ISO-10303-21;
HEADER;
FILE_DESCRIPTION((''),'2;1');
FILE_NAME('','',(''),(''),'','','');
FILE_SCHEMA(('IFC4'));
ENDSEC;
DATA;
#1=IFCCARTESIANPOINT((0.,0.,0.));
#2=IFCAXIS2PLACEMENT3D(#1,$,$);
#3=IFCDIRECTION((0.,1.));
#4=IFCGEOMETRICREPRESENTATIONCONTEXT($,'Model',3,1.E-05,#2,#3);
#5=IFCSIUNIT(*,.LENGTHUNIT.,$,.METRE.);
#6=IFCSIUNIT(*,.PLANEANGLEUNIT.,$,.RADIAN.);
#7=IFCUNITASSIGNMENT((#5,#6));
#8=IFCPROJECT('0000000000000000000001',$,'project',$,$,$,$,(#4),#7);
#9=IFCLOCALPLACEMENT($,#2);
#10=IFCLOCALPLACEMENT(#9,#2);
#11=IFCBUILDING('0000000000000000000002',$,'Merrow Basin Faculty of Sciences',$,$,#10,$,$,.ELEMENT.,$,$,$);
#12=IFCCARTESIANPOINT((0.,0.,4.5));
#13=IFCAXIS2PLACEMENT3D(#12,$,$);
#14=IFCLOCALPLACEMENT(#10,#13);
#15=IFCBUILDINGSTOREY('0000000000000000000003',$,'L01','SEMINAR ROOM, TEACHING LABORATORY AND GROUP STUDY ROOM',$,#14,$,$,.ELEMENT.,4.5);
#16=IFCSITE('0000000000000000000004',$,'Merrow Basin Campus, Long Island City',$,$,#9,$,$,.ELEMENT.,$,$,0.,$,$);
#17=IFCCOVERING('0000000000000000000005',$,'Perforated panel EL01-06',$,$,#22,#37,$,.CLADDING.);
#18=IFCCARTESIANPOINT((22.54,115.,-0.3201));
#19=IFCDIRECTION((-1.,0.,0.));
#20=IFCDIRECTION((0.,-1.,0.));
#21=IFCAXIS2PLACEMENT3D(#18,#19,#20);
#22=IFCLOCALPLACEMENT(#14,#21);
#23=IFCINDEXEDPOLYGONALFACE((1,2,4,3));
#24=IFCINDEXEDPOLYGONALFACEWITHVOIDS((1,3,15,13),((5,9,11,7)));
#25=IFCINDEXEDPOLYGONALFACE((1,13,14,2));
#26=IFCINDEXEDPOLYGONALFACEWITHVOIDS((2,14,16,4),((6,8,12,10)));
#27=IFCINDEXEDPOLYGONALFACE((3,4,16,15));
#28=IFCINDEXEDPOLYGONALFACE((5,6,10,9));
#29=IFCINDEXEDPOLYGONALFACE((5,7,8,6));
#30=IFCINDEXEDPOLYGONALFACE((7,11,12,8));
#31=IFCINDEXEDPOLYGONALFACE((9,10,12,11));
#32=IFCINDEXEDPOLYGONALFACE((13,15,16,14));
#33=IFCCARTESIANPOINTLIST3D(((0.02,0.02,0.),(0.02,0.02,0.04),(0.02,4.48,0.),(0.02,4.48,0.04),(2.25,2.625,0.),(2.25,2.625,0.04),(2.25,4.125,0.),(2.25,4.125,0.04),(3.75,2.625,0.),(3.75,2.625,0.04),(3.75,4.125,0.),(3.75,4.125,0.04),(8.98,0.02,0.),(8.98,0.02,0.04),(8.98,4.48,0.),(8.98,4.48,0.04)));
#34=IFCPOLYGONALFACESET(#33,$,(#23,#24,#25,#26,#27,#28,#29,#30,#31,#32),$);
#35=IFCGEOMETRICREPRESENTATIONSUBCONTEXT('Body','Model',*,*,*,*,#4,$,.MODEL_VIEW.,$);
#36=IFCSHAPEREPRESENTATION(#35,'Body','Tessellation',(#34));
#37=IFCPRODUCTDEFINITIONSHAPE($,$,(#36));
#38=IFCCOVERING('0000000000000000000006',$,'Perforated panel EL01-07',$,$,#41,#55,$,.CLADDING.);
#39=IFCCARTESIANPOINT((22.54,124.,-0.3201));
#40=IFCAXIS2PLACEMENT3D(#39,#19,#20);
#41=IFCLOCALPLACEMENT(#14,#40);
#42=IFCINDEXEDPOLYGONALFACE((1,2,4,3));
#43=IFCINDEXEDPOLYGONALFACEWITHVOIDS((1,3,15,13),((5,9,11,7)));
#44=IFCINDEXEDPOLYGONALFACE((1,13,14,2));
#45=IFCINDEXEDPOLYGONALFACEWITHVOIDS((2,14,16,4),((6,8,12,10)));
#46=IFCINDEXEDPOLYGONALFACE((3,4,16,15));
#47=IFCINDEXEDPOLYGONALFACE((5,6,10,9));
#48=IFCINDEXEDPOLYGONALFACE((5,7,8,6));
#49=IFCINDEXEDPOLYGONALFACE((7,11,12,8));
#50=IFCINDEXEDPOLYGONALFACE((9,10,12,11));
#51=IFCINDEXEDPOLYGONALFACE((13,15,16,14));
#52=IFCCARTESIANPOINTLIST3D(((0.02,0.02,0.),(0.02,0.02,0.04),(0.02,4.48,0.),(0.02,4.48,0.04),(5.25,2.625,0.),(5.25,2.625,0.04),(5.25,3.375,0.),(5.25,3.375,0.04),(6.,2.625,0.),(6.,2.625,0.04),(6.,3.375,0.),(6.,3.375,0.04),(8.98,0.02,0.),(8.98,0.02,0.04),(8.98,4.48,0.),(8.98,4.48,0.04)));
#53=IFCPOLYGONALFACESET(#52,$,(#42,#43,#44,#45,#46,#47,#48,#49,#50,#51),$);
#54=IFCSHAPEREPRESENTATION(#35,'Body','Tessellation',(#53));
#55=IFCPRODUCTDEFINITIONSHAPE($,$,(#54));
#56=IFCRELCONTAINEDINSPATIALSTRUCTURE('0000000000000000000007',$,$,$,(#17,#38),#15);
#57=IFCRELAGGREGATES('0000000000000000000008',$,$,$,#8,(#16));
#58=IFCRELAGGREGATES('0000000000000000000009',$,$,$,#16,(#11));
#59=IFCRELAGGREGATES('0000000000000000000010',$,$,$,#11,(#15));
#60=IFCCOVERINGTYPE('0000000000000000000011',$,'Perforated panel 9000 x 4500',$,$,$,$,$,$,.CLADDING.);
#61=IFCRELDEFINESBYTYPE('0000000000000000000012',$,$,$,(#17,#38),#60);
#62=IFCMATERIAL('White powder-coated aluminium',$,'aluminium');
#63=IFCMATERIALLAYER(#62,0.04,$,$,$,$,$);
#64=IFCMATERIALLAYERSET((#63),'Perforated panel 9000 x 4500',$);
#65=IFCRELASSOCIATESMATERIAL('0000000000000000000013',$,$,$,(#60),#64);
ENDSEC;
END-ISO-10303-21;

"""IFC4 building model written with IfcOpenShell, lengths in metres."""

from ifc_helpers import new_model, si_unit, direction, frame, origin, place, context, subcontext, project, spatial, polyline, outline, extrude, source, transform, mapped, material, layer, layer_set, type_object, element, save


model = new_model("IFC4")

# Units and contexts
model_context = context("Model", 3, precision=1e-05, world=origin(), true_north=direction((0.0, 1.0)))
body_context = subcontext(model_context, "Body", "Model", "MODEL_VIEW")
ifc_project = project(units=[si_unit("LENGTHUNIT", "METRE"), si_unit("PLANEANGLEUNIT", "RADIAN")], contexts=[model_context])

# Site, building, storey
site_placement = place(None, origin())
site = spatial("IfcSite", under=ifc_project, at=site_placement, Name="Merrow Basin Campus, Long Island City", CompositionType="ELEMENT", RefElevation=0.0)
building_placement = place(site_placement, origin())
building = spatial("IfcBuilding", under=site, at=building_placement, Name="Merrow Basin Faculty of Sciences", CompositionType="ELEMENT")
storey_placement = place(building_placement, frame((0.0, 0.0, 4.5)))
storey = spatial("IfcBuildingStorey", under=building, at=storey_placement, Name="L01", Description="SEMINAR ROOM, TEACHING LABORATORY AND GROUP STUDY ROOM", CompositionType="ELEMENT", Elevation=4.5)

# Coverings
ifc_material_1 = material(Name="White powder-coated aluminium", Category="aluminium")
ifc_layer_1 = layer(ifc_material_1, 0.04)
ifc_layer_set_1 = layer_set([ifc_layer_1], Name="Perforated panel 9000 x 4500")
covering_type_1 = type_object("IfcCoveringType", Name="Perforated panel 9000 x 4500", PredefinedType="CLADDING", material=ifc_layer_set_1)
shared_shape_1 = source(origin(), body_context, "Body", "SweptSolid", [
    extrude(outline(polyline([(0.02, 0.02), (8.98, 0.02), (8.98, 4.48), (0.02, 4.48), (0.02, 0.02)]), holes=[polyline([(2.25, 2.625), (3.75, 2.625), (3.75, 4.125), (2.25, 4.125), (2.25, 2.625)])]), origin(), (0.0, 0.0, 1.0), 0.04),
])
covering_1_placement = place(storey_placement, frame((22.54, 115.0, -0.3201), z_axis=(-1.0, 0.0, 0.0), x_axis=(0.0, -1.0, 0.0)))
element("IfcCovering", 1, at=covering_1_placement, inside=storey, type_object=covering_type_1, Name="Perforated panel EL01-06", PredefinedType="CLADDING", context=body_context, shape_type="MappedRepresentation", body=[
    mapped(shared_shape_1, transform((0.0, 0.0, 0.0), scale=1.0)),
])
shared_shape_2 = source(origin(), body_context, "Body", "SweptSolid", [
    extrude(outline(polyline([(0.02, 0.02), (8.98, 0.02), (8.98, 4.48), (0.02, 4.48), (0.02, 0.02)]), holes=[polyline([(5.25, 2.625), (6.0, 2.625), (6.0, 3.375), (5.25, 3.375), (5.25, 2.625)])]), origin(), (0.0, 0.0, 1.0), 0.04),
])
covering_2_placement = place(storey_placement, frame((22.54, 124.0, -0.3201), z_axis=(-1.0, 0.0, 0.0), x_axis=(0.0, -1.0, 0.0)))
element("IfcCovering", 2, at=covering_2_placement, inside=storey, type_object=covering_type_1, Name="Perforated panel EL01-07", PredefinedType="CLADDING", context=body_context, shape_type="MappedRepresentation", body=[
    mapped(shared_shape_2, transform((0.0, 0.0, 0.0), scale=1.0)),
])

save(model, "model.ifc")
